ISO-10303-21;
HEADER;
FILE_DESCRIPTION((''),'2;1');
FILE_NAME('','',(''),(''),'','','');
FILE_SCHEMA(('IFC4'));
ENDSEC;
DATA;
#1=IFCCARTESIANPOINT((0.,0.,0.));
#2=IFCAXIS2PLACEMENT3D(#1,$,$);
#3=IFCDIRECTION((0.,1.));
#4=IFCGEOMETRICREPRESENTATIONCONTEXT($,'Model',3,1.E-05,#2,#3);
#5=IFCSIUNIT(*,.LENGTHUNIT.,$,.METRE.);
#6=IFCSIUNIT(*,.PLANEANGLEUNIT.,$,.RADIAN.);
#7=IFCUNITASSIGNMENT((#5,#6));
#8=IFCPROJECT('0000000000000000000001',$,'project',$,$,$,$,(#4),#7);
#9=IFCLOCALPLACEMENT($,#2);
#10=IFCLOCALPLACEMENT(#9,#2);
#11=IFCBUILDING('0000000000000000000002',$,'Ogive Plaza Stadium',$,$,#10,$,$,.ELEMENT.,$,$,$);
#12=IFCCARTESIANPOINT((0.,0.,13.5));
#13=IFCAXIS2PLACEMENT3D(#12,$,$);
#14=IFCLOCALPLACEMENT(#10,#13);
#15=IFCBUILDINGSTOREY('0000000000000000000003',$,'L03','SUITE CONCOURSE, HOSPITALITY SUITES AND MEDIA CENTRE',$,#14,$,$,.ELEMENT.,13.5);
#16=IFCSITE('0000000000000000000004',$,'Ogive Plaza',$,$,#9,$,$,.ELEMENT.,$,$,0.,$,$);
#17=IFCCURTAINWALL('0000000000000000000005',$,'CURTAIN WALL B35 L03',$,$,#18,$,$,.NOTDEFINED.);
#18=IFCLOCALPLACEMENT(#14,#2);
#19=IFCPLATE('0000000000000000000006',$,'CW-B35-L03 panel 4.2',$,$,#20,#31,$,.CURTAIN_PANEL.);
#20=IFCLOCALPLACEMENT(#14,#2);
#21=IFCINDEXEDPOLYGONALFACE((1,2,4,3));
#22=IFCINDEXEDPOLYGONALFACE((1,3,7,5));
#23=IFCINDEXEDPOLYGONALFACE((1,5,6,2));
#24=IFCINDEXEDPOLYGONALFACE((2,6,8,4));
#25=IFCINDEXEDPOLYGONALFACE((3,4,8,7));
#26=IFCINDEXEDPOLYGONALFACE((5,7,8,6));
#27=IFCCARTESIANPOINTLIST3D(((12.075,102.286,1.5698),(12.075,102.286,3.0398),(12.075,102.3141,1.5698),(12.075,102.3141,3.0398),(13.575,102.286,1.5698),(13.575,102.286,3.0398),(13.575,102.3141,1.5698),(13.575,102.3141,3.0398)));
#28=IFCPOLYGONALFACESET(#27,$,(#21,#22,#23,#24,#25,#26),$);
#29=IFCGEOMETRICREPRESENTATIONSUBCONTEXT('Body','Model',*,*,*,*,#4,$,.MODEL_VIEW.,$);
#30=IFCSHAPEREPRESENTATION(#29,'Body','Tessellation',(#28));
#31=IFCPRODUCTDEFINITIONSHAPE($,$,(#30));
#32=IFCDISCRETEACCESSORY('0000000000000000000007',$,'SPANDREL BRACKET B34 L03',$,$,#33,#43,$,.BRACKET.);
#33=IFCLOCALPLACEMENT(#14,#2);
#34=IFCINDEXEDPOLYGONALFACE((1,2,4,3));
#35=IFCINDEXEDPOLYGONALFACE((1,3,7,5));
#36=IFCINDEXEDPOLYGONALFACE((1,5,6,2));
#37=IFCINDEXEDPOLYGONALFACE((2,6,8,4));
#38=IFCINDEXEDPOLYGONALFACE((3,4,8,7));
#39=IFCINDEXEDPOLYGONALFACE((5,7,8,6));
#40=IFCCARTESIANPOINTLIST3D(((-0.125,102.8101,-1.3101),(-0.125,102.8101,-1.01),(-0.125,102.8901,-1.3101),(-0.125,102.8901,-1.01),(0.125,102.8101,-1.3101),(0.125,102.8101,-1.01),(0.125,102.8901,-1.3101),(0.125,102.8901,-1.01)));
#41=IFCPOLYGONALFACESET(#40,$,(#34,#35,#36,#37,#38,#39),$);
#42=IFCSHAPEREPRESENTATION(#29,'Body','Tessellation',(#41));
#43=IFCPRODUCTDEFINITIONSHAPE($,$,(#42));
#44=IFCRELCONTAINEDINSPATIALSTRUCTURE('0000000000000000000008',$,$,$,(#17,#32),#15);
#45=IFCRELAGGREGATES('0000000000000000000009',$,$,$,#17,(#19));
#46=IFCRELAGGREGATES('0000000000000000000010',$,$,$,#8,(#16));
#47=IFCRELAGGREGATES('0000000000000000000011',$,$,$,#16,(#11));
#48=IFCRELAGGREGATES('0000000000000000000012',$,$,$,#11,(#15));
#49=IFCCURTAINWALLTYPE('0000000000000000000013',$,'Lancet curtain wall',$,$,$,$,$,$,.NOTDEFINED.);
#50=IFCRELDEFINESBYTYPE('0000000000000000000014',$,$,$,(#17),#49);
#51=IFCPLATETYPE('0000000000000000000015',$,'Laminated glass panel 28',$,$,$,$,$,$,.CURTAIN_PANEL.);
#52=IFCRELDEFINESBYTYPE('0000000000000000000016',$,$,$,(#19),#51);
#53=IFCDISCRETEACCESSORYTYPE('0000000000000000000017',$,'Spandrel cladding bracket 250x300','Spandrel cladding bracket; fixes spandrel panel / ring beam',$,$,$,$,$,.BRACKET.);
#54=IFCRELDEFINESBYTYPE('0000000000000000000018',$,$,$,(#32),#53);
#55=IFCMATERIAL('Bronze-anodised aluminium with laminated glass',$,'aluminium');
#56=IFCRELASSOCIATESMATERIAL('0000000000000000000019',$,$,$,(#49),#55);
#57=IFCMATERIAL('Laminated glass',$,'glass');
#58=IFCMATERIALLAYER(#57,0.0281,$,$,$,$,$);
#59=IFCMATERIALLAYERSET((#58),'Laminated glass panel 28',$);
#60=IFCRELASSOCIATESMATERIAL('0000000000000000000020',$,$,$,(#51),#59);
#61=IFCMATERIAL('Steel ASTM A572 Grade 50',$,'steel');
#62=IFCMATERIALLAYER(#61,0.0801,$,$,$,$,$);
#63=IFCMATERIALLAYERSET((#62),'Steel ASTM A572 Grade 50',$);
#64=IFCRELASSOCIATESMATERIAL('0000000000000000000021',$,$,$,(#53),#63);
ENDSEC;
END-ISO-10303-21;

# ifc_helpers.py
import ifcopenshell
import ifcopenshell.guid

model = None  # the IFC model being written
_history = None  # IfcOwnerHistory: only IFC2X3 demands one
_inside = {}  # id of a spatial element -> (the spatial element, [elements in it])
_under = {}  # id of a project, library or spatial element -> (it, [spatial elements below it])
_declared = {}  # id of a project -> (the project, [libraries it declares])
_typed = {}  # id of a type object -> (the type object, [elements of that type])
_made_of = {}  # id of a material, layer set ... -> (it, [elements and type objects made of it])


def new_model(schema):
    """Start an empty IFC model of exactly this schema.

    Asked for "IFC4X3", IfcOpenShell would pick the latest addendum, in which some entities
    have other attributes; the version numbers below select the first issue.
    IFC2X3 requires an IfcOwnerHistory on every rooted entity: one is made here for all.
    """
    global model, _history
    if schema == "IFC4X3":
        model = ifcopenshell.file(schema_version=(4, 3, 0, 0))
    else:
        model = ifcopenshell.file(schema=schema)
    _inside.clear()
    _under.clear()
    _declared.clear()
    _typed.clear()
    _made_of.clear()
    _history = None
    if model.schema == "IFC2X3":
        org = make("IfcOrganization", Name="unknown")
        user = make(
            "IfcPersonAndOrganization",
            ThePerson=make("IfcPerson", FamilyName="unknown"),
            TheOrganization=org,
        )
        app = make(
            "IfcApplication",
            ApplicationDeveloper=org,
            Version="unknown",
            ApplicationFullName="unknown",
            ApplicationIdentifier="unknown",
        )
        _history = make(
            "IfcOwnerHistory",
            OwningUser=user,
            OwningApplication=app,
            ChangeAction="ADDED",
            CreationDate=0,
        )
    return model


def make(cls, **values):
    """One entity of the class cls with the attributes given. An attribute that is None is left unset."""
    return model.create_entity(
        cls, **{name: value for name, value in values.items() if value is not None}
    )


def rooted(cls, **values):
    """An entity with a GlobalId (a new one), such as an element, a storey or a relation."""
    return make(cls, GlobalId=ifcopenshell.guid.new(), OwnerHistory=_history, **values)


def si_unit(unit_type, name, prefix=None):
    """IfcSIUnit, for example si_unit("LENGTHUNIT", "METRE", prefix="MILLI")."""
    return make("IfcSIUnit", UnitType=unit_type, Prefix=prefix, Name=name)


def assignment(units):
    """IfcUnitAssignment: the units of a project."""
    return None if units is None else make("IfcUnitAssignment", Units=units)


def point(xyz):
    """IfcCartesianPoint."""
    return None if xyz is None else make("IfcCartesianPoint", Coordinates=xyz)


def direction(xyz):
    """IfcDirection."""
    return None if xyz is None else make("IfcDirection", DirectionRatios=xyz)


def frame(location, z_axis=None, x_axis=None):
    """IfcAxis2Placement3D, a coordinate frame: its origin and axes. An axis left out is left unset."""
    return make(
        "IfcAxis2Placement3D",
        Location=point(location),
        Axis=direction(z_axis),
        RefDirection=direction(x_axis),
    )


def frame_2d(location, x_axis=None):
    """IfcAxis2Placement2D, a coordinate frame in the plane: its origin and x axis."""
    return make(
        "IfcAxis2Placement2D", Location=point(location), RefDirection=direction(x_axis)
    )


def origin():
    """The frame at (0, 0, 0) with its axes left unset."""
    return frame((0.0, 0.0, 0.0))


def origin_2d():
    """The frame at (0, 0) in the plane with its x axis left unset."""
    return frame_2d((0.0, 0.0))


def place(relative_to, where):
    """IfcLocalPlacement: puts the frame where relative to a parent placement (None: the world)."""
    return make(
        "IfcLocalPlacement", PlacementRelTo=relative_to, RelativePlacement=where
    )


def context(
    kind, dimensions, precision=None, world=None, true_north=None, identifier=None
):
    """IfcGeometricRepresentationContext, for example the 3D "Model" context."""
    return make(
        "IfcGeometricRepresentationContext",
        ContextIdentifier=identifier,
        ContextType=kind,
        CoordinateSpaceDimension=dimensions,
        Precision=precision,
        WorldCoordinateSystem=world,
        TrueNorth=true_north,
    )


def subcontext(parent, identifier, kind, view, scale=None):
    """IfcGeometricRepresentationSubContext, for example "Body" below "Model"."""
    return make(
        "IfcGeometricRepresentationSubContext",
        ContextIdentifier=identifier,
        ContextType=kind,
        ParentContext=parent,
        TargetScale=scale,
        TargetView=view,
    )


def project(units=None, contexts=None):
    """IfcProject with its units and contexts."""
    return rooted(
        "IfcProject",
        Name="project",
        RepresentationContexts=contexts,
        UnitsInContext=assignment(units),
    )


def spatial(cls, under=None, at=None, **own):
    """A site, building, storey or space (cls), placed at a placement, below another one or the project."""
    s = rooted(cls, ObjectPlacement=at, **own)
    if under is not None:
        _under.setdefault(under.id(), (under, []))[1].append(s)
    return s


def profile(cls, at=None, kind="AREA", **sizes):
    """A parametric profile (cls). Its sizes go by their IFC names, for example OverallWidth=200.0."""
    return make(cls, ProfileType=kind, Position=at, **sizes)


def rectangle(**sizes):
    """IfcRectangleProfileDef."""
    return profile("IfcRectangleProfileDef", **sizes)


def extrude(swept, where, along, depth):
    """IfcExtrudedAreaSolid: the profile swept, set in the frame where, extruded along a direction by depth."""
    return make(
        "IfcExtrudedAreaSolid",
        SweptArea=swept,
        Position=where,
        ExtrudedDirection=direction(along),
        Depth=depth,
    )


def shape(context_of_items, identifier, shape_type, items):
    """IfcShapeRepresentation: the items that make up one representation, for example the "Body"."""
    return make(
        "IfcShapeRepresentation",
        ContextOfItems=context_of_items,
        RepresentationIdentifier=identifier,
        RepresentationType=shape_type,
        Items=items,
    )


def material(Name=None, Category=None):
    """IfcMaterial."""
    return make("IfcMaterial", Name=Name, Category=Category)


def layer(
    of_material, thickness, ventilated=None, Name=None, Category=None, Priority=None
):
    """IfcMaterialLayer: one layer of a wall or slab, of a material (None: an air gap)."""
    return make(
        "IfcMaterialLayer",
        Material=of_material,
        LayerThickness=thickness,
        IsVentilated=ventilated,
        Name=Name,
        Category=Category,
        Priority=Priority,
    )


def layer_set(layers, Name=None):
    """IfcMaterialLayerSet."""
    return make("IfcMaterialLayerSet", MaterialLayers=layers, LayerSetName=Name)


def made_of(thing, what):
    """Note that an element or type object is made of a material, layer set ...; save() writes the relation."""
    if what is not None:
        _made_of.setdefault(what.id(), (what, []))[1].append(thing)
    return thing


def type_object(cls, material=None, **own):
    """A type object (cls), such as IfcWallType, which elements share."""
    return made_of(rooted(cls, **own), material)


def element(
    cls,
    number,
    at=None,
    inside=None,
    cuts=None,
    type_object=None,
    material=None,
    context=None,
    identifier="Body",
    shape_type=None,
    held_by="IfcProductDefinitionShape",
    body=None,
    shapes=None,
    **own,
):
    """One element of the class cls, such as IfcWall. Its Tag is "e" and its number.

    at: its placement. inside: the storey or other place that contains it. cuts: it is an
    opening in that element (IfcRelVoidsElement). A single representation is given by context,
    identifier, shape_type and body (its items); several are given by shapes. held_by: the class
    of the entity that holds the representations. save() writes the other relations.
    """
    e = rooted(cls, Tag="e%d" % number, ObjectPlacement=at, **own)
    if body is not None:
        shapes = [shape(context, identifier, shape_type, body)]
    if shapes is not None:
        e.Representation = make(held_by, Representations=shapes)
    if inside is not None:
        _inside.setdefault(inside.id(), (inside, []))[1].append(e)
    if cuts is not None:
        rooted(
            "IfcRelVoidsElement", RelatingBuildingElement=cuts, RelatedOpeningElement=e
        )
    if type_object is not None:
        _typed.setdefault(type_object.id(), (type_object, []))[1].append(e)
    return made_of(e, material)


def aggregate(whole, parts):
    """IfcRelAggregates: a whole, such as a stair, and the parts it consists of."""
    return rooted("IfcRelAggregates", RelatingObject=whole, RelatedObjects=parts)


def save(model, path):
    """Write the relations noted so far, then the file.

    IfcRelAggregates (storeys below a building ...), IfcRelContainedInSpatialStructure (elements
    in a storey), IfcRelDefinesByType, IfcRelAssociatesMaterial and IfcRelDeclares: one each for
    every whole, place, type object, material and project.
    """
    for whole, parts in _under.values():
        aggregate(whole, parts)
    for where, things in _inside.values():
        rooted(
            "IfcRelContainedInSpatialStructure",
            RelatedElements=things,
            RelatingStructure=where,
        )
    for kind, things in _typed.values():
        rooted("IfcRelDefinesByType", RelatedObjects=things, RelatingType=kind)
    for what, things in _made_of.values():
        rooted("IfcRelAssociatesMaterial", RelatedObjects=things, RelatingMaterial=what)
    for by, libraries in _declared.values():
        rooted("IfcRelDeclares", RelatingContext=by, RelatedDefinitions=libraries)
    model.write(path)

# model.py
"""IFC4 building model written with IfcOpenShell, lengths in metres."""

from ifc_helpers import new_model, si_unit, direction, frame, origin, origin_2d, place, context, subcontext, project, spatial, rectangle, extrude, material, layer, layer_set, type_object, element, aggregate, save


model = new_model("IFC4")

# Units and contexts
model_context = context("Model", 3, precision=1e-05, world=origin(), true_north=direction((0.0, 1.0)))
body_context = subcontext(model_context, "Body", "Model", "MODEL_VIEW")
ifc_project = project(units=[si_unit("LENGTHUNIT", "METRE"), si_unit("PLANEANGLEUNIT", "RADIAN")], contexts=[model_context])

# Site, building, storey
site_placement = place(None, origin())
site = spatial("IfcSite", under=ifc_project, at=site_placement, Name="Ogive Plaza", CompositionType="ELEMENT", RefElevation=0.0)
building_placement = place(site_placement, origin())
building = spatial("IfcBuilding", under=site, at=building_placement, Name="Ogive Plaza Stadium", CompositionType="ELEMENT")
storey_placement = place(building_placement, frame((0.0, 0.0, 13.5)))
storey = spatial("IfcBuildingStorey", under=building, at=storey_placement, Name="L03", Description="SUITE CONCOURSE, HOSPITALITY SUITES AND MEDIA CENTRE", CompositionType="ELEMENT", Elevation=13.5)

# Shared definitions
ifc_material_1 = material(Name="Bronze-anodised aluminium with laminated glass", Category="aluminium")
curtain_wall_type = type_object("IfcCurtainWallType", Name="Lancet curtain wall", PredefinedType="NOTDEFINED", material=ifc_material_1)

# Curtain wall
curtain_wall_1_placement = place(storey_placement, origin())
curtain_wall_1 = element("IfcCurtainWall", 1, at=curtain_wall_1_placement, inside=storey, type_object=curtain_wall_type, Name="CURTAIN WALL B35 L03", PredefinedType="NOTDEFINED")

# Plate
ifc_material_2 = material(Name="Laminated glass", Category="glass")
ifc_layer_1 = layer(ifc_material_2, 0.0281)
ifc_layer_set_1 = layer_set([ifc_layer_1], Name="Laminated glass panel 28")
plate_type = type_object("IfcPlateType", Name="Laminated glass panel 28", PredefinedType="CURTAIN_PANEL", material=ifc_layer_set_1)
plate_1_placement = place(storey_placement, frame((12.825, 102.3, 1.5698), z_axis=(0.0, 0.0, 1.0), x_axis=(1.0, 0.0, 0.0)))
plate_1 = element("IfcPlate", 2, at=plate_1_placement, type_object=plate_type, Name="CW-B35-L03 panel 4.2", PredefinedType="CURTAIN_PANEL", context=body_context, shape_type="SweptSolid", body=[
    extrude(rectangle(XDim=1.5, YDim=0.0281, at=origin_2d()), origin(), (0.0, 0.0, 1.0), 1.47),
])
aggregate(curtain_wall_1, [plate_1])

# Discrete accessory
ifc_material_3 = material(Name="Steel ASTM A572 Grade 50", Category="steel")
ifc_layer_2 = layer(ifc_material_3, 0.0801)
ifc_layer_set_2 = layer_set([ifc_layer_2], Name="Steel ASTM A572 Grade 50")
discrete_accessory_type = type_object("IfcDiscreteAccessoryType", Name="Spandrel cladding bracket 250x300", Description="Spandrel cladding bracket; fixes spandrel panel / ring beam", PredefinedType="BRACKET", material=ifc_layer_set_2)
discrete_accessory_placement = place(storey_placement, frame((0.0, 102.8501, -1.3101), z_axis=(0.0, 0.0, 1.0), x_axis=(1.0, 0.0, 0.0)))
element("IfcDiscreteAccessory", 3, at=discrete_accessory_placement, inside=storey, type_object=discrete_accessory_type, Name="SPANDREL BRACKET B34 L03", PredefinedType="BRACKET", context=body_context, shape_type="SweptSolid", body=[
    extrude(rectangle(XDim=0.25, YDim=0.0801, at=origin_2d()), origin(), (0.0, 0.0, 1.0), 0.3),
])

save(model, "model.ifc")
